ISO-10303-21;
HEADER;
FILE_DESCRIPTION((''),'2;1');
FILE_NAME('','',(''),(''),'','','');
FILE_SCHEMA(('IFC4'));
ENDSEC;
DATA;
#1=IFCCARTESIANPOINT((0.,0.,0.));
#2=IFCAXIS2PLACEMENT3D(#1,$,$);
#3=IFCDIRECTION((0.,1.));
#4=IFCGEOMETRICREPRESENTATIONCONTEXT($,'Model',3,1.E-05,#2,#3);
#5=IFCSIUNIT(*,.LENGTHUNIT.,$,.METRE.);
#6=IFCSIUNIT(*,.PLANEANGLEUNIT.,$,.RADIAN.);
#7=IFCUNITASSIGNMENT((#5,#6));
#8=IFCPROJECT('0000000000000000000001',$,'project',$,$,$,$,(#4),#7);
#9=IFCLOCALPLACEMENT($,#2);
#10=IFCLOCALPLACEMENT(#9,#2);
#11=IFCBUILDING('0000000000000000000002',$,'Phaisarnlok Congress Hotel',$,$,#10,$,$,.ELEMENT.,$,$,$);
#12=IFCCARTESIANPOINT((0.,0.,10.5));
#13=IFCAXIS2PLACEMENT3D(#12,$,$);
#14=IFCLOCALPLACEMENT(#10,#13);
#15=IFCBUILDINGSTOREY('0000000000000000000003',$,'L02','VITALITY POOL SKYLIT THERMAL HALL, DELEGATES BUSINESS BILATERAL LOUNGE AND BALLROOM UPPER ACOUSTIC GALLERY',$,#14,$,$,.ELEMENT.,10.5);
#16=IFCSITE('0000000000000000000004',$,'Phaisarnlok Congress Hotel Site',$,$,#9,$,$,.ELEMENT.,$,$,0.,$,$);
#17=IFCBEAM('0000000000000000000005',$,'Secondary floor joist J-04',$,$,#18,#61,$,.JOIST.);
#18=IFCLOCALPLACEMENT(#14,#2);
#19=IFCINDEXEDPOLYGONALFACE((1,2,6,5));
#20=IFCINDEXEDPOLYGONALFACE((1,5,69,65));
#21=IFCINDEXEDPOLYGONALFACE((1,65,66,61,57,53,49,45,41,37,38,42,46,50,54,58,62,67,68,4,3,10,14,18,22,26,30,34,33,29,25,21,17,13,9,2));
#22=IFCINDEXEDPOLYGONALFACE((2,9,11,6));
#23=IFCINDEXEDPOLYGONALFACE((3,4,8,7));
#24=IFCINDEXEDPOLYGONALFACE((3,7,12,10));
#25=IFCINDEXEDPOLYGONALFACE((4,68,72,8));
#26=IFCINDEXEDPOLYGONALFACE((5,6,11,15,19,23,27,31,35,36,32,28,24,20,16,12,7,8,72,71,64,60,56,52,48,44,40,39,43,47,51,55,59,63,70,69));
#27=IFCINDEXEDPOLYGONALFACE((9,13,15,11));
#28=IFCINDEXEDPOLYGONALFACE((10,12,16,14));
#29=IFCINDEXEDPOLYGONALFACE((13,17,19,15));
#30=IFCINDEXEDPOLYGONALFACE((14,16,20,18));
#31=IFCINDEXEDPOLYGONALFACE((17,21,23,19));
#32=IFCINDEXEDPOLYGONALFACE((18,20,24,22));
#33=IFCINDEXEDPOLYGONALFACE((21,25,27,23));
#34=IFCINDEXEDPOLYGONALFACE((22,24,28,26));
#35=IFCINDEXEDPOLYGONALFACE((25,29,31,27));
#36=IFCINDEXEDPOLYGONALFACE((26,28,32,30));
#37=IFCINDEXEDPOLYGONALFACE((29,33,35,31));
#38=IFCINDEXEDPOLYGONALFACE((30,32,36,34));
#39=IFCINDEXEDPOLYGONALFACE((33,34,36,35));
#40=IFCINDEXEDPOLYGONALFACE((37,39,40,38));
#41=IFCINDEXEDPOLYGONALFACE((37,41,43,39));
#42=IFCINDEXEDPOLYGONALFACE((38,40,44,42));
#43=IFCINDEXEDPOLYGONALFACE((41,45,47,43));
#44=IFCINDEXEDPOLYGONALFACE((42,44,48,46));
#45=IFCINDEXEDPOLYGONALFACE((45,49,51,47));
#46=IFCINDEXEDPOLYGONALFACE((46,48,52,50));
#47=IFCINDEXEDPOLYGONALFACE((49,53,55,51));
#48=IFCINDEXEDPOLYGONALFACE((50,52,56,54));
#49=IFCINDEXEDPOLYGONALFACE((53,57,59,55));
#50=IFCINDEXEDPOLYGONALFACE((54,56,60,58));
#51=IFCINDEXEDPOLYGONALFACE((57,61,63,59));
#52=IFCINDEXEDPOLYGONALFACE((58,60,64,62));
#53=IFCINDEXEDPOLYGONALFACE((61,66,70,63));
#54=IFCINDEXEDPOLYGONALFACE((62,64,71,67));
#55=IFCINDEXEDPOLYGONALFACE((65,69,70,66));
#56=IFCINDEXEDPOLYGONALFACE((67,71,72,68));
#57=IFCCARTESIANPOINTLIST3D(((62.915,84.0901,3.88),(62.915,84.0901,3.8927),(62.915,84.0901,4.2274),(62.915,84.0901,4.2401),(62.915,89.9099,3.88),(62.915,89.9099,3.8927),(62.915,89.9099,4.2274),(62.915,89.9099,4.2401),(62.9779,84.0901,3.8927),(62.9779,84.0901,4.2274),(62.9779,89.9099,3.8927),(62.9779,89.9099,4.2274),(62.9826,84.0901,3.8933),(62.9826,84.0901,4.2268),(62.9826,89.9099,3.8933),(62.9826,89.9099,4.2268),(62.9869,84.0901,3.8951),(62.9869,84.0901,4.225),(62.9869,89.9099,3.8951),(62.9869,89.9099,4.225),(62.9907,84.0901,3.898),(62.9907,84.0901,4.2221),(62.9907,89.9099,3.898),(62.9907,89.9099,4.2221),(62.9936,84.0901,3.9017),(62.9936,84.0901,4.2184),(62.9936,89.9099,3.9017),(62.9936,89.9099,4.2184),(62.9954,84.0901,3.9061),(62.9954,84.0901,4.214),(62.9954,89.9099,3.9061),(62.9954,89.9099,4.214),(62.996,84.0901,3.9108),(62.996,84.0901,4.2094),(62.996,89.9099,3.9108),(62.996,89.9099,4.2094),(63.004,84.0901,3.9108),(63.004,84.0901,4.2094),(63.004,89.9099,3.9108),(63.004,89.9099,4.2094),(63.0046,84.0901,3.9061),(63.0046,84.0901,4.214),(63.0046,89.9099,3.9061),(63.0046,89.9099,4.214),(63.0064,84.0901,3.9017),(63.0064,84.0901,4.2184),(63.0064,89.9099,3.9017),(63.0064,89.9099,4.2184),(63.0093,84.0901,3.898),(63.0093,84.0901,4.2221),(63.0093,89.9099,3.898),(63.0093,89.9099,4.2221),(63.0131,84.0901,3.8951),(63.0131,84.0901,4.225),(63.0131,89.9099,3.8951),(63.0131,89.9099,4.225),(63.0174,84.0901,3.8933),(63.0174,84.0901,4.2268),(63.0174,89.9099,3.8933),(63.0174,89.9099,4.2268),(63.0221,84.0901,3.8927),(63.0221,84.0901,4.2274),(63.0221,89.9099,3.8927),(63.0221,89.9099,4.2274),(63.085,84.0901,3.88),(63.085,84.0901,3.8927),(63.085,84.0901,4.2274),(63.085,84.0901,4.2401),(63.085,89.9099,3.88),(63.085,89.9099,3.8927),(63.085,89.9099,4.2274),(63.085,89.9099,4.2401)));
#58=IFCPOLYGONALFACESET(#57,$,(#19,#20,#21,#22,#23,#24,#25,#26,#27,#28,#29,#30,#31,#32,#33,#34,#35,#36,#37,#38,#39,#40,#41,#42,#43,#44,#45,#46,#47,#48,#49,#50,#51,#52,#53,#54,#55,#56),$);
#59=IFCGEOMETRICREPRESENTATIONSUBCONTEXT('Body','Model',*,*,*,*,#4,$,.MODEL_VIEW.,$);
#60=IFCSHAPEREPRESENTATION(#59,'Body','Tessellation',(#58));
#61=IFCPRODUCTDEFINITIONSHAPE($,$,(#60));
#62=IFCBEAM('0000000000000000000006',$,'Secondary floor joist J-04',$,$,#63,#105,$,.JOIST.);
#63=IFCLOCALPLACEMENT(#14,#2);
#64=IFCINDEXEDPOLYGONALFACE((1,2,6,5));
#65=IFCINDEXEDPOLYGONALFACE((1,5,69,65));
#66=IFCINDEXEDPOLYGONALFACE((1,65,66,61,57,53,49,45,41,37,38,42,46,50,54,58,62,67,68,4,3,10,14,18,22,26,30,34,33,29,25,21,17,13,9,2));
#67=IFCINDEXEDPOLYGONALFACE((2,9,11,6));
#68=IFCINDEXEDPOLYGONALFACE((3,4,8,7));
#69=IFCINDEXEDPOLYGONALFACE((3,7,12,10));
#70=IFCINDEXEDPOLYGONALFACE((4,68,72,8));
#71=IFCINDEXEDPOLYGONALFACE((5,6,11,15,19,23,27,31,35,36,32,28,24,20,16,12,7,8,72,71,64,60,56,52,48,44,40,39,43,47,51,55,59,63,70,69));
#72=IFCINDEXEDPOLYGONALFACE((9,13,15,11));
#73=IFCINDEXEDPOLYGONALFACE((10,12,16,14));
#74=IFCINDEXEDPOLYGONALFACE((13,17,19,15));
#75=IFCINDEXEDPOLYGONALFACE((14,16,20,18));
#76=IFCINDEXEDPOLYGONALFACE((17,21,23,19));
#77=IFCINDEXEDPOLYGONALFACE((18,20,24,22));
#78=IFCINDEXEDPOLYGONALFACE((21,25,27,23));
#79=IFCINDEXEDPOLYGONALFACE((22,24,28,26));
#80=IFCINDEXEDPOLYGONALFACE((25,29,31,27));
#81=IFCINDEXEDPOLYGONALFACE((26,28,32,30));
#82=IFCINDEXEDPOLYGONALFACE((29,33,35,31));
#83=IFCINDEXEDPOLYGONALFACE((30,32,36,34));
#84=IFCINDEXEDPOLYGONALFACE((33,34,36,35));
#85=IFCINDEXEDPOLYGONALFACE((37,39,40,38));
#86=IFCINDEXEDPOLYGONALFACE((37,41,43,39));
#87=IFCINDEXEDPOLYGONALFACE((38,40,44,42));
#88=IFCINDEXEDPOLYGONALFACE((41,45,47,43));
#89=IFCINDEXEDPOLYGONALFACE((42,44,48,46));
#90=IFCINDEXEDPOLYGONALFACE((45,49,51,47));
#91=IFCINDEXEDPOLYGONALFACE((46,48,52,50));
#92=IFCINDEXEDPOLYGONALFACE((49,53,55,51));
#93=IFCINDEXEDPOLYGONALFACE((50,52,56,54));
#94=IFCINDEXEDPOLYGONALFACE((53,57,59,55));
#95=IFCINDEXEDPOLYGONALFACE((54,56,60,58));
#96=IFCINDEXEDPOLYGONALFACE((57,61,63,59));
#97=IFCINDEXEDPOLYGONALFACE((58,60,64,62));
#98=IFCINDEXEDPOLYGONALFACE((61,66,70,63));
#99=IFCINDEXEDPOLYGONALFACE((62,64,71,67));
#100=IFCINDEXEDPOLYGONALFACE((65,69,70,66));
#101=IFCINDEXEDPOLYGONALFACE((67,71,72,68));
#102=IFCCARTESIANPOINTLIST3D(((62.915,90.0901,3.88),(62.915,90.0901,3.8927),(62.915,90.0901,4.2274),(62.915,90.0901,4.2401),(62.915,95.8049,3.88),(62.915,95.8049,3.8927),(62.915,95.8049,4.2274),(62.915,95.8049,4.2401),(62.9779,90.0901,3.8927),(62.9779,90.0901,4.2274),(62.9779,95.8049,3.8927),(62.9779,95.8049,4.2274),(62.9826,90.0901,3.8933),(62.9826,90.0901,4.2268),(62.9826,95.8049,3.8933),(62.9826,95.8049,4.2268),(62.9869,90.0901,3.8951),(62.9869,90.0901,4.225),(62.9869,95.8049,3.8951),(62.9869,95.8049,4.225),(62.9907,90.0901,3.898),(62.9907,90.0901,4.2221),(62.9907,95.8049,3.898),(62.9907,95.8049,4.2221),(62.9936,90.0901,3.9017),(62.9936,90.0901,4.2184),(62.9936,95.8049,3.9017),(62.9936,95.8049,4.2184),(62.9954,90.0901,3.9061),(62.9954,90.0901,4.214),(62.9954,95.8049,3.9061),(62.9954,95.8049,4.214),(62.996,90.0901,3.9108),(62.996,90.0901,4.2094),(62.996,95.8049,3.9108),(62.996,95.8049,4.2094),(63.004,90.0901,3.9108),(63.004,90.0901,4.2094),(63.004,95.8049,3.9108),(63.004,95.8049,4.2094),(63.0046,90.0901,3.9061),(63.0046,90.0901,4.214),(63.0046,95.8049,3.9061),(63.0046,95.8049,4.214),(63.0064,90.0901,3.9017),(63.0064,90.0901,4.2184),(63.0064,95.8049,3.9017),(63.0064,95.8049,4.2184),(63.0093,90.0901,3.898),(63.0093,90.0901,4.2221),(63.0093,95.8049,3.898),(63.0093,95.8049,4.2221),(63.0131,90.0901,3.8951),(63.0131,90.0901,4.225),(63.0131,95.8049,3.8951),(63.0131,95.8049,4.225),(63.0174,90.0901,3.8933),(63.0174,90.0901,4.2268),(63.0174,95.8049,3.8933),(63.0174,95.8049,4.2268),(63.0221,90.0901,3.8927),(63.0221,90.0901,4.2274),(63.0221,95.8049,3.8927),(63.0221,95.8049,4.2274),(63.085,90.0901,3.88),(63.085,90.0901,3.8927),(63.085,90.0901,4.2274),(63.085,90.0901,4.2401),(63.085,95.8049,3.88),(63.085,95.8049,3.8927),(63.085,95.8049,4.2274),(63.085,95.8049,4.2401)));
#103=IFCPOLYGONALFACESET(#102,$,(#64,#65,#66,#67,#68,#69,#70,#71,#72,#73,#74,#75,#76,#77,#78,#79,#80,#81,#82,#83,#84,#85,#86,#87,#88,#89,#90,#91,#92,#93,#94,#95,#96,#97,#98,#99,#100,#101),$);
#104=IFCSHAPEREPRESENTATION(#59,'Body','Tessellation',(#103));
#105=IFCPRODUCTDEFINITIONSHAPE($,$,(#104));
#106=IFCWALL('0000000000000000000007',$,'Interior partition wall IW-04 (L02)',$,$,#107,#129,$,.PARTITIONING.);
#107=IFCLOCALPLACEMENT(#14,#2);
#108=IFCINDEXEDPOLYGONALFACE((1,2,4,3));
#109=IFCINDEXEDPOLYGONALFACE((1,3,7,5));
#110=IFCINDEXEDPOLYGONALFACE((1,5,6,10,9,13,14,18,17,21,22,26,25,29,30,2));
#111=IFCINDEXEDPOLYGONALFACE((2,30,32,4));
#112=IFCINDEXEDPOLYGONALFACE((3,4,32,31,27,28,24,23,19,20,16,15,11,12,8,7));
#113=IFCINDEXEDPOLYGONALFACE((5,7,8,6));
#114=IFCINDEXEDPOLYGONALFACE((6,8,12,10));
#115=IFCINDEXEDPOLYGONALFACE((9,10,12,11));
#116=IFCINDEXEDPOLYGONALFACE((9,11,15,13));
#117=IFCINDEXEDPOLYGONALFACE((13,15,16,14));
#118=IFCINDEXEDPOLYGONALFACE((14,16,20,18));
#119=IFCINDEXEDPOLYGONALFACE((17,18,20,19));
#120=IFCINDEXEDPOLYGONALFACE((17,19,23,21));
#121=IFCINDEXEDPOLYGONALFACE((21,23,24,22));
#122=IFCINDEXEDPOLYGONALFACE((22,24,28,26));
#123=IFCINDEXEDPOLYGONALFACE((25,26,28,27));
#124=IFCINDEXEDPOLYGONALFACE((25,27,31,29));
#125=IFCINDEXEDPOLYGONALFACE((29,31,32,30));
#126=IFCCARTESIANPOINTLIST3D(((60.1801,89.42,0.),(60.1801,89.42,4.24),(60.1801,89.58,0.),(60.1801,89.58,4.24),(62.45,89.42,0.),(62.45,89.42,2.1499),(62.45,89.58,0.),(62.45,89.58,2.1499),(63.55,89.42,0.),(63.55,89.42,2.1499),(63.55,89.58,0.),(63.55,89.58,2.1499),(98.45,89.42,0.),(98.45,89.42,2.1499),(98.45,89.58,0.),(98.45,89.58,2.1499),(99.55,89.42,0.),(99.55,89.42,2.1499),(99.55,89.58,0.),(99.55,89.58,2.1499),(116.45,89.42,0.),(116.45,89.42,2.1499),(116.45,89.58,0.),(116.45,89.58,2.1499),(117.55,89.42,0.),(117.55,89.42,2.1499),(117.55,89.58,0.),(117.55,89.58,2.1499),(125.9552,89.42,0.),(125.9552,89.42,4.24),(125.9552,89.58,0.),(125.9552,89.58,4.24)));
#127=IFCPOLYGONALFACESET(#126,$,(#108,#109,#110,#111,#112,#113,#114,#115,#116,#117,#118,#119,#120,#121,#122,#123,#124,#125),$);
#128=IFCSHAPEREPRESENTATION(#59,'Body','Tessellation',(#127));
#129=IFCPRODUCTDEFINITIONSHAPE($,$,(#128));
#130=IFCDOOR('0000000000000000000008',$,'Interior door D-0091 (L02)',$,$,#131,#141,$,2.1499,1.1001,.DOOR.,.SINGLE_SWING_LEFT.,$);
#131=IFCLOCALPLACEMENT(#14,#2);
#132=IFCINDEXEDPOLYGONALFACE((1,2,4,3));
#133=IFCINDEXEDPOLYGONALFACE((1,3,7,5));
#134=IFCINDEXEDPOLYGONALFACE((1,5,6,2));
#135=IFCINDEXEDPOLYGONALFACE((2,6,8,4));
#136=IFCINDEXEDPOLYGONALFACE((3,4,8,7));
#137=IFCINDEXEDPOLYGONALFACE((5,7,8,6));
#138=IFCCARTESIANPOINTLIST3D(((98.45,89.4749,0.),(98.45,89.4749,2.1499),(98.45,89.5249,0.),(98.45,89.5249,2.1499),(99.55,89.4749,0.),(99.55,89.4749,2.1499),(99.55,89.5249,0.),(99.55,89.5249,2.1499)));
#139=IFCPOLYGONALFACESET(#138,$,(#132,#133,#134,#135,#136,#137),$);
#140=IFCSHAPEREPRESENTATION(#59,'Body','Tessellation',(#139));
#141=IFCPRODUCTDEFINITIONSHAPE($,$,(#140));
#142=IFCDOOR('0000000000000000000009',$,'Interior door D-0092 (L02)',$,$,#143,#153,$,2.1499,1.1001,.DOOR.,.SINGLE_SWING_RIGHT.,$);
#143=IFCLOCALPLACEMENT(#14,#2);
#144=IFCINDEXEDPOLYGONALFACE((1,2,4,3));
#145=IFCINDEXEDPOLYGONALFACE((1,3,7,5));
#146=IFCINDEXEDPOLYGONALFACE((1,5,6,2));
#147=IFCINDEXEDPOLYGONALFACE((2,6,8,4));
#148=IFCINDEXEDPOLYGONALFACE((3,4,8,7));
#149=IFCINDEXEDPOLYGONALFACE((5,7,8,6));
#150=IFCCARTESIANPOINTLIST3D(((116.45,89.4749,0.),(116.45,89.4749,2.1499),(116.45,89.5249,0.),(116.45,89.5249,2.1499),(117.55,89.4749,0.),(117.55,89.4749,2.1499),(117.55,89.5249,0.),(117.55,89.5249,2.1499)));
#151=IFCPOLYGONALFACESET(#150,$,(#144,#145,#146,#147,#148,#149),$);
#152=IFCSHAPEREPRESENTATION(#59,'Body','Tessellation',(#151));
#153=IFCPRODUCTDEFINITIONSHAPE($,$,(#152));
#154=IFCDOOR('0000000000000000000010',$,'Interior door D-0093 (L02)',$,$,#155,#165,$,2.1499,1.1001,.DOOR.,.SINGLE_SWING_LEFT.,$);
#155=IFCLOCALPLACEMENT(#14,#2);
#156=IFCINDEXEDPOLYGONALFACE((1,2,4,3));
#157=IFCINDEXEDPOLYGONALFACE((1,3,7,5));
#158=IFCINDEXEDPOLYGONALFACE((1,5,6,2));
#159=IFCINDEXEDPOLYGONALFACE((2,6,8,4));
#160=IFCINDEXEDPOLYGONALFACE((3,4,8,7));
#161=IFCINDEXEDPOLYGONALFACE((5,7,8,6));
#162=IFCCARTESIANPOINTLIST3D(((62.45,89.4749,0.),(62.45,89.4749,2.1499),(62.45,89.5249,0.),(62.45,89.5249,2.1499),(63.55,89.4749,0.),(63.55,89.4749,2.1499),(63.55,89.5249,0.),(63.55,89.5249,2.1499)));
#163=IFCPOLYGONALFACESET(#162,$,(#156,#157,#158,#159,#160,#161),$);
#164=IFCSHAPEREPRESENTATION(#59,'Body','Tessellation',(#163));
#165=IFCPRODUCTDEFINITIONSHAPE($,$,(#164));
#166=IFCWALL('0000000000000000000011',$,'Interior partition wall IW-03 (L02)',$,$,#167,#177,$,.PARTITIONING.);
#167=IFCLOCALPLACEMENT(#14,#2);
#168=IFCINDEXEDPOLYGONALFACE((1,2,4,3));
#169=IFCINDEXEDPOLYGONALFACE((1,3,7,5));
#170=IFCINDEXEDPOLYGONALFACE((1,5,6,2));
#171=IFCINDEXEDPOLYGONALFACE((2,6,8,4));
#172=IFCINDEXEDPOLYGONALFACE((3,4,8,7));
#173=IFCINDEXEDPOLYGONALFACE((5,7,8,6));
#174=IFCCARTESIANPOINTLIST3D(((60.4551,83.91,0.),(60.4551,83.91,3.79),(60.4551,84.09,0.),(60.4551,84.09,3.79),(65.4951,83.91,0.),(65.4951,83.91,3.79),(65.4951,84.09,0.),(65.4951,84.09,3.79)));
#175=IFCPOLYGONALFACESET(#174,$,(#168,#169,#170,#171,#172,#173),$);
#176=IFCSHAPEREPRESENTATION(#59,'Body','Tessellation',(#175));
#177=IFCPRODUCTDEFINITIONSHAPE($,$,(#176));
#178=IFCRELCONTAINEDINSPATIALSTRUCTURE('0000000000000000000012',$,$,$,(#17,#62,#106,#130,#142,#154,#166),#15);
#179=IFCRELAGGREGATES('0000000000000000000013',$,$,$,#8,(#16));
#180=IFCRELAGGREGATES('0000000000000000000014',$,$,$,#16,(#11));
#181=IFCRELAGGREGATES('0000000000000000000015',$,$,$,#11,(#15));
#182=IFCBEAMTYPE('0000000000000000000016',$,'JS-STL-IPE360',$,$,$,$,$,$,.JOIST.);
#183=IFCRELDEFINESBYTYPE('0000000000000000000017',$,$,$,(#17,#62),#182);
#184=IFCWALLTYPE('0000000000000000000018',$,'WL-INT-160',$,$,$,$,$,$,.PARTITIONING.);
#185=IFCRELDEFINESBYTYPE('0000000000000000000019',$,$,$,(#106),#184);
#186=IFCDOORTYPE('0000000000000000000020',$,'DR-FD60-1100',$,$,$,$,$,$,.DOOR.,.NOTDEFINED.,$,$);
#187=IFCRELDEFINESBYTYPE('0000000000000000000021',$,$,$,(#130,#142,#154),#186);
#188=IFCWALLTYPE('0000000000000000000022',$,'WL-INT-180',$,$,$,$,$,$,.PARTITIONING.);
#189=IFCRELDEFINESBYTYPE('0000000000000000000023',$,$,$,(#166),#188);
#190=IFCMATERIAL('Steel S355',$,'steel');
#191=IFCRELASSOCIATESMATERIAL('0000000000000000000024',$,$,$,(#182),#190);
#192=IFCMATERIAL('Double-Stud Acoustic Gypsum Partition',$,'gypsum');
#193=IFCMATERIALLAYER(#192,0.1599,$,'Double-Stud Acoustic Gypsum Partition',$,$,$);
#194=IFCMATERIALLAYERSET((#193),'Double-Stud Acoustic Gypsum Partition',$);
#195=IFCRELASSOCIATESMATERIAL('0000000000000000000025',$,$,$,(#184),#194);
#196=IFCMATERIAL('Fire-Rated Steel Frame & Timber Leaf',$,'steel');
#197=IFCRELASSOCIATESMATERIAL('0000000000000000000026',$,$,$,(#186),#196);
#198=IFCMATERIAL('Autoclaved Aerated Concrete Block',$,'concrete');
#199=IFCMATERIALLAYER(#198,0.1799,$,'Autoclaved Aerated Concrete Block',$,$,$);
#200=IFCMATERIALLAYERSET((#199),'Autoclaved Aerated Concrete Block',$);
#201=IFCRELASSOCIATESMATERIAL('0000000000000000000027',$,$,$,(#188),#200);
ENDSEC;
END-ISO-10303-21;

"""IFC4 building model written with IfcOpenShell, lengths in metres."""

from ifc_helpers import new_model, si_unit, direction, frame, frame_2d, origin, origin_2d, place, context, subcontext, project, spatial, rectangle, i_section, extrude, material, layer, layer_set, material_profile, profile_set, type_object, element, fill, save


model = new_model("IFC4")

# Units and contexts
model_context = context("Model", 3, precision=1e-05, world=origin(), true_north=direction((0.0, 1.0)))
body_context = subcontext(model_context, "Body", "Model", "MODEL_VIEW")
ifc_project = project(units=[si_unit("LENGTHUNIT", "METRE"), si_unit("PLANEANGLEUNIT", "RADIAN")], contexts=[model_context])

# Site, building, storey
site_placement = place(None, origin())
site = spatial("IfcSite", under=ifc_project, at=site_placement, Name="Phaisarnlok Congress Hotel Site", CompositionType="ELEMENT", RefElevation=0.0)
building_placement = place(site_placement, origin())
building = spatial("IfcBuilding", under=site, at=building_placement, Name="Phaisarnlok Congress Hotel", CompositionType="ELEMENT")
storey_placement = place(building_placement, frame((0.0, 0.0, 10.5)))
storey = spatial("IfcBuildingStorey", under=building, at=storey_placement, Name="L02", Description="VITALITY POOL SKYLIT THERMAL HALL, DELEGATES BUSINESS BILATERAL LOUNGE AND BALLROOM UPPER ACOUSTIC GALLERY", CompositionType="ELEMENT", Elevation=10.5)

# Beams
ifc_material_1 = material(Name="Steel S355", Category="steel")
ifc_material_profile_1 = material_profile(ifc_material_1, i_section(OverallWidth=0.1699, OverallDepth=0.3601, WebThickness=0.0081, FlangeThickness=0.0127, FilletRadius=0.0181, at=origin_2d()), Name="IPE 360")
ifc_profile_set_1 = profile_set([ifc_material_profile_1], Name="Steel S355")
beam_type_1 = type_object("IfcBeamType", Name="JS-STL-IPE360", PredefinedType="JOIST", material=ifc_profile_set_1)
beam_1_placement = place(storey_placement, frame((63.0, 84.0901, 4.0601), z_axis=(0.0, 1.0, 0.0), x_axis=(-1.0, 0.0, 0.0)))
element("IfcBeam", 1, at=beam_1_placement, inside=storey, type_object=beam_type_1, Name="Secondary floor joist J-04", PredefinedType="JOIST", context=body_context, shape_type="SweptSolid", body=[
    extrude(i_section(OverallWidth=0.1699, OverallDepth=0.3601, WebThickness=0.0081, FlangeThickness=0.0127, FilletRadius=0.0181, at=origin_2d()), origin(), (0.0, 0.0, 1.0), 5.8198),
])
beam_2_placement = place(storey_placement, frame((63.0, 90.0901, 4.0601), z_axis=(0.0, 1.0, 0.0), x_axis=(-1.0, 0.0, 0.0)))
element("IfcBeam", 2, at=beam_2_placement, inside=storey, type_object=beam_type_1, Name="Secondary floor joist J-04", PredefinedType="JOIST", context=body_context, shape_type="SweptSolid", body=[
    extrude(i_section(OverallWidth=0.1699, OverallDepth=0.3601, WebThickness=0.0081, FlangeThickness=0.0127, FilletRadius=0.0181, at=origin_2d()), origin(), (0.0, 0.0, 1.0), 5.7148),
])

# Wall, openings, doors
ifc_material_2 = material(Name="Double-Stud Acoustic Gypsum Partition", Category="gypsum")
ifc_layer_1 = layer(ifc_material_2, 0.1599, Name="Double-Stud Acoustic Gypsum Partition")
ifc_layer_set_1 = layer_set([ifc_layer_1], Name="Double-Stud Acoustic Gypsum Partition")
wall_type_1 = type_object("IfcWallType", Name="WL-INT-160", PredefinedType="PARTITIONING", material=ifc_layer_set_1)
wall_1_placement = place(storey_placement, frame((60.1799, 89.5, 0.0), z_axis=(0.0, 0.0, 1.0), x_axis=(1.0, 0.0, 0.0)))
wall_1 = element("IfcWall", 3, at=wall_1_placement, inside=storey, type_object=wall_type_1, Name="Interior partition wall IW-04 (L02)", PredefinedType="PARTITIONING", context=body_context, shape_type="SweptSolid", body=[
    extrude(rectangle(XDim=65.7751, YDim=0.1599, at=frame_2d((32.8877, 0.0))), origin(), (0.0, 0.0, 1.0), 4.24),
])
opening_1_placement = place(wall_1_placement, frame((38.27, 0.0, 0.0)))
opening_1 = element("IfcOpeningElement", 4, at=opening_1_placement, cuts=wall_1, PredefinedType="OPENING", context=body_context, shape_type="SweptSolid", body=[
    extrude(rectangle(XDim=1.1001, YDim=2.1499, at=frame_2d((0.55, 1.075))), frame((0.0, 0.0898, 0.0), z_axis=(0.0, -1.0, 0.0), x_axis=(1.0, 0.0, 0.0)), (0.0, 0.0, 1.0), 0.1799),
])
opening_2_placement = place(wall_1_placement, frame((56.27, 0.0, 0.0)))
opening_2 = element("IfcOpeningElement", 5, at=opening_2_placement, cuts=wall_1, PredefinedType="OPENING", context=body_context, shape_type="SweptSolid", body=[
    extrude(rectangle(XDim=1.1001, YDim=2.1499, at=frame_2d((0.55, 1.075))), frame((0.0, 0.0898, 0.0), z_axis=(0.0, -1.0, 0.0), x_axis=(1.0, 0.0, 0.0)), (0.0, 0.0, 1.0), 0.1799),
])
opening_3_placement = place(wall_1_placement, frame((2.27, 0.0, 0.0)))
opening_3 = element("IfcOpeningElement", 6, at=opening_3_placement, cuts=wall_1, PredefinedType="OPENING", context=body_context, shape_type="SweptSolid", body=[
    extrude(rectangle(XDim=1.1001, YDim=2.1499, at=frame_2d((0.55, 1.075))), frame((0.0, 0.0898, 0.0), z_axis=(0.0, -1.0, 0.0), x_axis=(1.0, 0.0, 0.0)), (0.0, 0.0, 1.0), 0.1799),
])
ifc_material_3 = material(Name="Fire-Rated Steel Frame & Timber Leaf", Category="steel")
door_type_1 = type_object("IfcDoorType", Name="DR-FD60-1100", OperationType="NOTDEFINED", PredefinedType="DOOR", material=ifc_material_3)
door_1_placement = place(opening_1_placement, origin())
door_1 = element("IfcDoor", 7, at=door_1_placement, inside=storey, type_object=door_type_1, Name="Interior door D-0091 (L02)", OperationType="SINGLE_SWING_LEFT", OverallHeight=2.1499, OverallWidth=1.1001, PredefinedType="DOOR", context=body_context, shape_type="SweptSolid", body=[
    extrude(rectangle(XDim=1.1001, YDim=2.1499, at=frame_2d((0.55, 1.075))), frame((0.0, 0.0249, 0.0), z_axis=(0.0, -1.0, 0.0), x_axis=(1.0, 0.0, 0.0)), (0.0, 0.0, 1.0), 0.05),
])
fill(opening_1, door_1)
door_2_placement = place(opening_2_placement, origin())
door_2 = element("IfcDoor", 8, at=door_2_placement, inside=storey, type_object=door_type_1, Name="Interior door D-0092 (L02)", OperationType="SINGLE_SWING_RIGHT", OverallHeight=2.1499, OverallWidth=1.1001, PredefinedType="DOOR", context=body_context, shape_type="SweptSolid", body=[
    extrude(rectangle(XDim=1.1001, YDim=2.1499, at=frame_2d((0.55, 1.075))), frame((0.0, 0.0249, 0.0), z_axis=(0.0, -1.0, 0.0), x_axis=(1.0, 0.0, 0.0)), (0.0, 0.0, 1.0), 0.05),
])
fill(opening_2, door_2)
door_3_placement = place(opening_3_placement, origin())
door_3 = element("IfcDoor", 9, at=door_3_placement, inside=storey, type_object=door_type_1, Name="Interior door D-0093 (L02)", OperationType="SINGLE_SWING_LEFT", OverallHeight=2.1499, OverallWidth=1.1001, PredefinedType="DOOR", context=body_context, shape_type="SweptSolid", body=[
    extrude(rectangle(XDim=1.1001, YDim=2.1499, at=frame_2d((0.55, 1.075))), frame((0.0, 0.0249, 0.0), z_axis=(0.0, -1.0, 0.0), x_axis=(1.0, 0.0, 0.0)), (0.0, 0.0, 1.0), 0.05),
])
fill(opening_3, door_3)

# Wall
ifc_material_4 = material(Name="Autoclaved Aerated Concrete Block", Category="concrete")
ifc_layer_2 = layer(ifc_material_4, 0.1799, Name="Autoclaved Aerated Concrete Block")
ifc_layer_set_2 = layer_set([ifc_layer_2], Name="Autoclaved Aerated Concrete Block")
wall_type_2 = type_object("IfcWallType", Name="WL-INT-180", PredefinedType="PARTITIONING", material=ifc_layer_set_2)
wall_2_placement = place(storey_placement, frame((60.4551, 84.0, 0.0), z_axis=(0.0, 0.0, 1.0), x_axis=(1.0, 0.0, 0.0)))
element("IfcWall", 10, at=wall_2_placement, inside=storey, type_object=wall_type_2, Name="Interior partition wall IW-03 (L02)", PredefinedType="PARTITIONING", context=body_context, shape_type="SweptSolid", body=[
    extrude(rectangle(XDim=5.04, YDim=0.1799, at=frame_2d((2.52, 0.0))), origin(), (0.0, 0.0, 1.0), 3.79),
])

save(model, "model.ifc")
